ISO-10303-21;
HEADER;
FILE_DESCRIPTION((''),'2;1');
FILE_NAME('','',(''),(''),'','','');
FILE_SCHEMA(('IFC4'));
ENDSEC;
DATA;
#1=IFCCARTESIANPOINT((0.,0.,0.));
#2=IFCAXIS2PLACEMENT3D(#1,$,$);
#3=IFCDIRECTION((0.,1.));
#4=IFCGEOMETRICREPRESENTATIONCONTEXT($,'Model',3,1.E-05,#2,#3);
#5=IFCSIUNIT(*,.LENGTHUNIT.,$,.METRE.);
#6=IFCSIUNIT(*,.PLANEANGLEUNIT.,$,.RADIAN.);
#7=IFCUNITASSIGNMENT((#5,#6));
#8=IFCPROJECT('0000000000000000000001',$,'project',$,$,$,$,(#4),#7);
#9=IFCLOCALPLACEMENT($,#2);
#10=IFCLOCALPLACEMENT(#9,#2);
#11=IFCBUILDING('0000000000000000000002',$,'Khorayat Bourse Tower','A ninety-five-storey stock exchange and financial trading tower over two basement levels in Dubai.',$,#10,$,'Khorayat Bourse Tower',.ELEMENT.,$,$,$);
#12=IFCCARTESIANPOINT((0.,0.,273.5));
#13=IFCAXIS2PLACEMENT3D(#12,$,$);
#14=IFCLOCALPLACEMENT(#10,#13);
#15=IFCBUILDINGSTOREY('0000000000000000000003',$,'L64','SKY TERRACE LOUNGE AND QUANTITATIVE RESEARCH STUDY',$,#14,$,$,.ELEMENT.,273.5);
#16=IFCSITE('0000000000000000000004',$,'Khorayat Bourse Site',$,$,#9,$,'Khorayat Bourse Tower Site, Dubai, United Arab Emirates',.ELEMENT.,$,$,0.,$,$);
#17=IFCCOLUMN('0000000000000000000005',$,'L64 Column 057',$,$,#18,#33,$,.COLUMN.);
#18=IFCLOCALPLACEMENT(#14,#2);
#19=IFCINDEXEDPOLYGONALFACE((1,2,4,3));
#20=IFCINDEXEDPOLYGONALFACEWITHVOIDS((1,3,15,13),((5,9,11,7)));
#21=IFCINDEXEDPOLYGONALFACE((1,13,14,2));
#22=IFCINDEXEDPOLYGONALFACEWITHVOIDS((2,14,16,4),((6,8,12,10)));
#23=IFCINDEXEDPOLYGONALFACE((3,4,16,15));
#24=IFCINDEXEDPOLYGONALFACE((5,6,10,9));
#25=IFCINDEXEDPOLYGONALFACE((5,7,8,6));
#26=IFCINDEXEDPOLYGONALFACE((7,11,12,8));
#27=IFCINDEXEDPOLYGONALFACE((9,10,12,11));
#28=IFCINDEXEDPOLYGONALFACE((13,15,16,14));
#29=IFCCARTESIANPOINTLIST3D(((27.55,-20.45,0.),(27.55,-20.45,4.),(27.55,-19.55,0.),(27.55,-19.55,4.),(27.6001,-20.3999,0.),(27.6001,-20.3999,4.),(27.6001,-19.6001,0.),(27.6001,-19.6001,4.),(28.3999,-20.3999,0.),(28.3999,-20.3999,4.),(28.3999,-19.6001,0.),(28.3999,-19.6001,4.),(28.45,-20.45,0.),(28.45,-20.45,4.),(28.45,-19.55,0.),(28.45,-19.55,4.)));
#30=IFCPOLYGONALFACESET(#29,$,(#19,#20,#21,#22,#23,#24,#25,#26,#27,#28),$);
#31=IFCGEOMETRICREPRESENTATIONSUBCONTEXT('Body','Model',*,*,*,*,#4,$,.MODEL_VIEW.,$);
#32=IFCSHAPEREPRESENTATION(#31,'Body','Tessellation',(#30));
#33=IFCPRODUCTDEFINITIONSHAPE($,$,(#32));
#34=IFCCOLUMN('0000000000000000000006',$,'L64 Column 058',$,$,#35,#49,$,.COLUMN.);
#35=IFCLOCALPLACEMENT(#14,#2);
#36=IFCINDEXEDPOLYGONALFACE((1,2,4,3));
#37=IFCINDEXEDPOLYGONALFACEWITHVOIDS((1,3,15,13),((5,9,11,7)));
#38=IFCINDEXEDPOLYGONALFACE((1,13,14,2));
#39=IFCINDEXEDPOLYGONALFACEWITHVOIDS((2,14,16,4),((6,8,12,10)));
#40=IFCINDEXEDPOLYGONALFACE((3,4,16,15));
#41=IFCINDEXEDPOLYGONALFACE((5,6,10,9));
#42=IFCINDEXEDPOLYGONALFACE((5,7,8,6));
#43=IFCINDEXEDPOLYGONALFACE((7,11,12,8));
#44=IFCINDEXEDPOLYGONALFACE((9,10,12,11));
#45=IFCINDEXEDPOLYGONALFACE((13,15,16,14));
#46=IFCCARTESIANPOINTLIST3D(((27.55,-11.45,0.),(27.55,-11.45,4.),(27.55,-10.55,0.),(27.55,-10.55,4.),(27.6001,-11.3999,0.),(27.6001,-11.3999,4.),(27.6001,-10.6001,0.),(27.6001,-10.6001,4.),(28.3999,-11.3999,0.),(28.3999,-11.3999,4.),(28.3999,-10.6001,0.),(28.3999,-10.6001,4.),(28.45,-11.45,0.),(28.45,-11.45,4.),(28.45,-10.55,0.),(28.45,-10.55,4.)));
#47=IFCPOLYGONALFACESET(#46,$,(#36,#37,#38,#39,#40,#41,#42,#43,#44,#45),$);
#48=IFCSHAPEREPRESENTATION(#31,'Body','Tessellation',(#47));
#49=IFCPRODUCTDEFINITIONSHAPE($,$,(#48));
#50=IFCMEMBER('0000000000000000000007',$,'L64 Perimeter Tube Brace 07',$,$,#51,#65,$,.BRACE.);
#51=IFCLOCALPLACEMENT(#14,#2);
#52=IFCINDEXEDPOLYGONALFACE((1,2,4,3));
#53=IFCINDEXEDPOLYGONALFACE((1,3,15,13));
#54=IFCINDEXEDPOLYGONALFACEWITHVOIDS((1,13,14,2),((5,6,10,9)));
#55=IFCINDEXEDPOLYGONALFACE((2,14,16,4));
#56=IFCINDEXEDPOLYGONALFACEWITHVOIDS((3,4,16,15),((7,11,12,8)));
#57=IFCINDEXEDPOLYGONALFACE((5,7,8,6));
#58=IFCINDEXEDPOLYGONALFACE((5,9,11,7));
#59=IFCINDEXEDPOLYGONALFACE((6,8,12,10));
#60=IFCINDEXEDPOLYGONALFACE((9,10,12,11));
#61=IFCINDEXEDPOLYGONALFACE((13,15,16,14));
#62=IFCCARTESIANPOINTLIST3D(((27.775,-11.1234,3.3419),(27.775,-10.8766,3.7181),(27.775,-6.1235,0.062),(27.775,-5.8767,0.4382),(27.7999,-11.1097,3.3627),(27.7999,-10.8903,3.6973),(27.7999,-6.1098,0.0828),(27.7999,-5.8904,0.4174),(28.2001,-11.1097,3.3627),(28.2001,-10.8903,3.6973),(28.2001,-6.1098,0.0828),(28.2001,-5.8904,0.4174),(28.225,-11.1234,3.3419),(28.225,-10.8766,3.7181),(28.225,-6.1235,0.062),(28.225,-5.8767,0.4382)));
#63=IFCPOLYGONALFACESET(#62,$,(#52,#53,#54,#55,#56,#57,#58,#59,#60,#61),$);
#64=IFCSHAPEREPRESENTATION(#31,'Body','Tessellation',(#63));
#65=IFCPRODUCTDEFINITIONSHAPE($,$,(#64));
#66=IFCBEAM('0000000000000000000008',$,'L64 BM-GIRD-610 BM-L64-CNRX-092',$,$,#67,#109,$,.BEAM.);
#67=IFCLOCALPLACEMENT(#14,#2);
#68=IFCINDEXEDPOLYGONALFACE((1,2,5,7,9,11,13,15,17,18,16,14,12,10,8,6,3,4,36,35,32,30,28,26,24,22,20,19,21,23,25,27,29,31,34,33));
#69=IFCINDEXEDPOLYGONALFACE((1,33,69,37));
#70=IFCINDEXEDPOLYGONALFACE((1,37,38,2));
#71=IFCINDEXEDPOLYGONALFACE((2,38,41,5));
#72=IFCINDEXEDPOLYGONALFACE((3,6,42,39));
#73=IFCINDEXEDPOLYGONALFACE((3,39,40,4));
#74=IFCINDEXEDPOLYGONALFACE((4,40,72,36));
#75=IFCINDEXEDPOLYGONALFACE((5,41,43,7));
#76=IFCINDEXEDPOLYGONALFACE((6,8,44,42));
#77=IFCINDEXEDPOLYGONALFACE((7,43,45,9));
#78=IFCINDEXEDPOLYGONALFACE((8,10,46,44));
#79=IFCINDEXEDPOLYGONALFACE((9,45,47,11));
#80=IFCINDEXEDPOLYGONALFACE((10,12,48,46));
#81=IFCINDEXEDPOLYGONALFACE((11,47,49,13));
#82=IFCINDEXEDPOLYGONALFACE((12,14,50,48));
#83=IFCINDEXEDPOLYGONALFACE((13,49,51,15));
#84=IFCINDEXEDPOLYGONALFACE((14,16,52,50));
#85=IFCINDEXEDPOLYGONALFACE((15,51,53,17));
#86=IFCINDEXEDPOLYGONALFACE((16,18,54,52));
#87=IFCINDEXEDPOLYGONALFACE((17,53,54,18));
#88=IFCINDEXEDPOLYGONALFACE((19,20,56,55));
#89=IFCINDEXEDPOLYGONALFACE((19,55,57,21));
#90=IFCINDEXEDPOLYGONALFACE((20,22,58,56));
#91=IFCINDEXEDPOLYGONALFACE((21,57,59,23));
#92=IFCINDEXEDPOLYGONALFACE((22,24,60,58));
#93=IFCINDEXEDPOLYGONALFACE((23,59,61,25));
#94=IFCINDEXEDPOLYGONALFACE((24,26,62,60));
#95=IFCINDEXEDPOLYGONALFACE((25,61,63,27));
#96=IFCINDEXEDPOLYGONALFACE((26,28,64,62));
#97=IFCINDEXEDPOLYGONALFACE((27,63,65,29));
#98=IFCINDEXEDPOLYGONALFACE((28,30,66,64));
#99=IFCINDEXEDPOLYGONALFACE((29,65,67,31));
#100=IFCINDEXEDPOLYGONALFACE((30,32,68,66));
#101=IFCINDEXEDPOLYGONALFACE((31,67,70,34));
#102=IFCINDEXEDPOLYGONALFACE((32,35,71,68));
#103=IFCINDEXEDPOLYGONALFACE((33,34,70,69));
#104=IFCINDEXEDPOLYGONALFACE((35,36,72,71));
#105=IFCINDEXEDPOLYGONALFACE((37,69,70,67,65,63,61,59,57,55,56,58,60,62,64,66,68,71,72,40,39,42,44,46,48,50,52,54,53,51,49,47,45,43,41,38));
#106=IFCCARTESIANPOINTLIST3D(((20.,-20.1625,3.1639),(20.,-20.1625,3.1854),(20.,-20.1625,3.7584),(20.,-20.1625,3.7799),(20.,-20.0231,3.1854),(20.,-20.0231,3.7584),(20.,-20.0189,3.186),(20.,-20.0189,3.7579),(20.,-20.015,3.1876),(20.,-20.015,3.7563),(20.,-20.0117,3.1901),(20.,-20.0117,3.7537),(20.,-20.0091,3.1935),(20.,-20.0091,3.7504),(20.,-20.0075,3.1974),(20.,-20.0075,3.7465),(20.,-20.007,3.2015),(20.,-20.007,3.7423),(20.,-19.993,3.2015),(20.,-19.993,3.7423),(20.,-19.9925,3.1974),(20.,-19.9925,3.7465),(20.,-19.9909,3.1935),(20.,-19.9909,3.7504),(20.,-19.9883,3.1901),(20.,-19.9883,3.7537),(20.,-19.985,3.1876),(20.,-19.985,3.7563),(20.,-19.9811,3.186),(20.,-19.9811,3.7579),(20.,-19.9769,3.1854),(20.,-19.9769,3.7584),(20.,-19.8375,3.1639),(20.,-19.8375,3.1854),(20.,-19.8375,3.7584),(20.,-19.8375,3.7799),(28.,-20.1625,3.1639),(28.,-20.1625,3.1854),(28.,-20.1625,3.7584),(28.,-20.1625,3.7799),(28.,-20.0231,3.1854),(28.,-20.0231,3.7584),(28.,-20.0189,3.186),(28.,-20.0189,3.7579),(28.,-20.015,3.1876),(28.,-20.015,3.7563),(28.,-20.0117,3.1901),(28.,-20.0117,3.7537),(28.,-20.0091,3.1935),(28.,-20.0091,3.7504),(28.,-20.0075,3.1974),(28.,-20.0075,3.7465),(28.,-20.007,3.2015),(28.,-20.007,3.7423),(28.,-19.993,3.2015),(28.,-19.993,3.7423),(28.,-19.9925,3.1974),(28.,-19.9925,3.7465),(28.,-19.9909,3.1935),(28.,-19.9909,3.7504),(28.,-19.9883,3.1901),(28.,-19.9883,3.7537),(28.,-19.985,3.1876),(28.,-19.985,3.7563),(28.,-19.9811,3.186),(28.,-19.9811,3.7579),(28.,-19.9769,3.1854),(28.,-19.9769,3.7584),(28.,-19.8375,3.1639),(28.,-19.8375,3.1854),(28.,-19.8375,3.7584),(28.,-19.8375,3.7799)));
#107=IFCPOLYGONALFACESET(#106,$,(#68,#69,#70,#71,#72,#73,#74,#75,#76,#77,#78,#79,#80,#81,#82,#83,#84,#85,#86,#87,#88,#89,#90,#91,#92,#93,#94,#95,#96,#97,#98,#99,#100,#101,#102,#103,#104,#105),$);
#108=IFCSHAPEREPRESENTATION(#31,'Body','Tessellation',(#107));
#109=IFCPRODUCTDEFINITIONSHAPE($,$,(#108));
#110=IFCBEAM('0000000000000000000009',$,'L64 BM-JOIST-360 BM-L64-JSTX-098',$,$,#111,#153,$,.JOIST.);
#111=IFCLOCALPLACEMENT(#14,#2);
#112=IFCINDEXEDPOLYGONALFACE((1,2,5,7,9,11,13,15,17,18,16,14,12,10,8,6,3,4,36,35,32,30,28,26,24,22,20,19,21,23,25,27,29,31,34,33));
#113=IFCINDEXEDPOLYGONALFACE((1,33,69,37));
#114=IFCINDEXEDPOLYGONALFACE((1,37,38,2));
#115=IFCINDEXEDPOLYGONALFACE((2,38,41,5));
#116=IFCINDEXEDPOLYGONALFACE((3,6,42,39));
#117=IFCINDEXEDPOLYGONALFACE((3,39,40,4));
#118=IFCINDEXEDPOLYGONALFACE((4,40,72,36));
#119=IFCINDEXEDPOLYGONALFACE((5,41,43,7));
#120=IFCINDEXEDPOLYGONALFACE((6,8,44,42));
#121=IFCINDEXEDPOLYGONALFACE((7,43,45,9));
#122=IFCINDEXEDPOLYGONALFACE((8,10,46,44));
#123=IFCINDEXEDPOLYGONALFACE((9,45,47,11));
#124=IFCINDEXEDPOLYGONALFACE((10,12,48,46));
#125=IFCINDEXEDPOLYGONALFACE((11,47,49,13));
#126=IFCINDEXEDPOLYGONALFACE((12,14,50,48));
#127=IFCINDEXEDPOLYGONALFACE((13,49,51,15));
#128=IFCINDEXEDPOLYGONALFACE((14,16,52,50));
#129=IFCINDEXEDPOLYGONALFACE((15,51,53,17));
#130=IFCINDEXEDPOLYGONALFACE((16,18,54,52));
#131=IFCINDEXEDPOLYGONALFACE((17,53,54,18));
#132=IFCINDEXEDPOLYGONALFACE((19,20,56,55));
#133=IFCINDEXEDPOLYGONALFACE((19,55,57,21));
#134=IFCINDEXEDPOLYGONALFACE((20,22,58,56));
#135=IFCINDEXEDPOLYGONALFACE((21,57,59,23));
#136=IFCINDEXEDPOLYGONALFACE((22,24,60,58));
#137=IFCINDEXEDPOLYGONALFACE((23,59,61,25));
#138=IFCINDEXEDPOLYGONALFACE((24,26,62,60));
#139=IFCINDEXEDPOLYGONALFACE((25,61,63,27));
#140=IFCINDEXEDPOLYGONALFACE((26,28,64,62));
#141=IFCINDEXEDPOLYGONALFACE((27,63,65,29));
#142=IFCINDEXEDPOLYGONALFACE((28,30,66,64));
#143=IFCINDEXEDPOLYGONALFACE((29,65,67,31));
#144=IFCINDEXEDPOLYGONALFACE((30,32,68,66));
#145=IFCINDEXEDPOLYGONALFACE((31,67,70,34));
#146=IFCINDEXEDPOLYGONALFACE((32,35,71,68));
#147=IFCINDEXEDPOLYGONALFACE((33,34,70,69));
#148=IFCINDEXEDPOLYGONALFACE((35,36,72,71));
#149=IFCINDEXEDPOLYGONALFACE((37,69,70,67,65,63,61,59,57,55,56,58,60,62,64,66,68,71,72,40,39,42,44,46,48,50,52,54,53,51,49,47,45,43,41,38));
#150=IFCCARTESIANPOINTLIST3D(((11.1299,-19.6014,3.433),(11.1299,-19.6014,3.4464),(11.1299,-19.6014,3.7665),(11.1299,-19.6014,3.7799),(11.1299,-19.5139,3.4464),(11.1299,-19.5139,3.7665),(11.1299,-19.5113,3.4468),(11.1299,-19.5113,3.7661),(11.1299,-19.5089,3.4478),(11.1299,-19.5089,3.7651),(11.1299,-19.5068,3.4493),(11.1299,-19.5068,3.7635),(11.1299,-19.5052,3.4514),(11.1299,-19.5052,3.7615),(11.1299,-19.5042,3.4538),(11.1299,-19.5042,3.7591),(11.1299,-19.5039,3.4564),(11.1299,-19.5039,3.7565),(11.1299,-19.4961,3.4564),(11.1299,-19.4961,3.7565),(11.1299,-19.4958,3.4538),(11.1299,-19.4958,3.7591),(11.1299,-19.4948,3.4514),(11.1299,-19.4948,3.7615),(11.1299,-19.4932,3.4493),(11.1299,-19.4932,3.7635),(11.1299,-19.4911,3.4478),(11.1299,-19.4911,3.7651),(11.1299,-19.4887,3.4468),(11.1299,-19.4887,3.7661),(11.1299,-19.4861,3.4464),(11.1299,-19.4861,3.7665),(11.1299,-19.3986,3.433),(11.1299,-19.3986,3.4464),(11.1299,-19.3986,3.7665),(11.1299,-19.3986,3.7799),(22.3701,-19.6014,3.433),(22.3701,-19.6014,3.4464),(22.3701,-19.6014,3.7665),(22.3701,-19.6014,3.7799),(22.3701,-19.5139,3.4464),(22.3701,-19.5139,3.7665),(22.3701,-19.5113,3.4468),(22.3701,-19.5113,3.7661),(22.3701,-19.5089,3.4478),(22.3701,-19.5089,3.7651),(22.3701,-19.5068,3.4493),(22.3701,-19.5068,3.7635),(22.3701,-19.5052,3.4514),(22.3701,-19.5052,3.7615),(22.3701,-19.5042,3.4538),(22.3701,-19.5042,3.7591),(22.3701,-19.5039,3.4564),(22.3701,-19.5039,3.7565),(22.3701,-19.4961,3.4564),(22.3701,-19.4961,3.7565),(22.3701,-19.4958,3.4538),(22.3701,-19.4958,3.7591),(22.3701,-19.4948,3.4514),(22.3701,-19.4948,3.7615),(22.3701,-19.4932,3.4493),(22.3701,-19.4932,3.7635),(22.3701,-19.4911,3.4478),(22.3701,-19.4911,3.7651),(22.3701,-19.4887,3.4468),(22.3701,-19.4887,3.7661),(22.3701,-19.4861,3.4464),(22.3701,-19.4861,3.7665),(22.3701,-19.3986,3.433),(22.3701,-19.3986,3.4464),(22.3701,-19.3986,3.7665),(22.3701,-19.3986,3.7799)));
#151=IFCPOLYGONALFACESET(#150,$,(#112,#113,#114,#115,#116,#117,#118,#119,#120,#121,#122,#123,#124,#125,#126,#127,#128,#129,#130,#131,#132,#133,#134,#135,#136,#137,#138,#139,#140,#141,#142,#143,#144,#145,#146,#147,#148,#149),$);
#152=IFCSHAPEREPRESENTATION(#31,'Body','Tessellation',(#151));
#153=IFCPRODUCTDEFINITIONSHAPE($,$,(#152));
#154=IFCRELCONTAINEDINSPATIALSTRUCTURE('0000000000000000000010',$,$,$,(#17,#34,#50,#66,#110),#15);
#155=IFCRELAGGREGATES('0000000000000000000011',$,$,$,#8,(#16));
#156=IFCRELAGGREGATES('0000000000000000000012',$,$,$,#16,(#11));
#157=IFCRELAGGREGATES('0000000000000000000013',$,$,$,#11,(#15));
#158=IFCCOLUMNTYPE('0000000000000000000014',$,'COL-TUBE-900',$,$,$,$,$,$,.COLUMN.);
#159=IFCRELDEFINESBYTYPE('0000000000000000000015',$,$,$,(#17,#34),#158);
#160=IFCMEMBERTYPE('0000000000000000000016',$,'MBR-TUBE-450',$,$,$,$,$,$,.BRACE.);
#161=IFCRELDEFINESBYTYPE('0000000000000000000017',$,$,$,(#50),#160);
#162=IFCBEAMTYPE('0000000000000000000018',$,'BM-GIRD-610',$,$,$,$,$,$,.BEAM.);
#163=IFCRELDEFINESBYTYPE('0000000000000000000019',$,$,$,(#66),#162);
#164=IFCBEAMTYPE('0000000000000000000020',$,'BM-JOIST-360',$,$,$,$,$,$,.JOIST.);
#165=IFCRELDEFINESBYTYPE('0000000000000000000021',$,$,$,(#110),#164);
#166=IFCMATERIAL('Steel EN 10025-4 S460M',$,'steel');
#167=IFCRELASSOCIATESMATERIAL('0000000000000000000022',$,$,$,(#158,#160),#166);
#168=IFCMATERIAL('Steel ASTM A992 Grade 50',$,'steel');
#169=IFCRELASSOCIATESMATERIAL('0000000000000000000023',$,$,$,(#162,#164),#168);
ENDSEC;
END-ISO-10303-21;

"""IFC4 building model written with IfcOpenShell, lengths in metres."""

from ifc_helpers import new_model, si_unit, direction, frame, origin, origin_2d, place, context, subcontext, project, spatial, hollow_rectangle, i_section, extrude, source, transform, mapped, material, material_profile, profile_set, type_object, element, save


model = new_model("IFC4")

# Units and contexts
model_context = context("Model", 3, precision=1e-05, world=origin(), true_north=direction((0.0, 1.0)))
body_context = subcontext(model_context, "Body", "Model", "MODEL_VIEW")
ifc_project = project(units=[si_unit("LENGTHUNIT", "METRE"), si_unit("PLANEANGLEUNIT", "RADIAN")], contexts=[model_context])

# Site, building, storey
site_placement = place(None, origin())
site = spatial("IfcSite", under=ifc_project, at=site_placement, Name="Khorayat Bourse Site", LongName="Khorayat Bourse Tower Site, Dubai, United Arab Emirates", CompositionType="ELEMENT", RefElevation=0.0)
building_placement = place(site_placement, origin())
building = spatial("IfcBuilding", under=site, at=building_placement, Name="Khorayat Bourse Tower", Description="A ninety-five-storey stock exchange and financial trading tower over two basement levels in Dubai.", LongName="Khorayat Bourse Tower", CompositionType="ELEMENT")
storey_placement = place(building_placement, frame((0.0, 0.0, 273.5)))
storey = spatial("IfcBuildingStorey", under=building, at=storey_placement, Name="L64", Description="SKY TERRACE LOUNGE AND QUANTITATIVE RESEARCH STUDY", CompositionType="ELEMENT", Elevation=273.5)

# Columns
ifc_material_1 = material(Name="Steel EN 10025-4 S460M", Category="steel")
ifc_material_profile_1 = material_profile(ifc_material_1, hollow_rectangle(XDim=0.8999, YDim=0.8999, WallThickness=0.05, at=origin_2d()), Name="BOX 900x900x50")
ifc_profile_set_1 = profile_set([ifc_material_profile_1], Name="Steel EN 10025-4 S460M")
column_type = type_object("IfcColumnType", Name="COL-TUBE-900", PredefinedType="COLUMN", material=ifc_profile_set_1)
shared_shape_1 = source(origin(), body_context, "Body", "SweptSolid", [
    extrude(hollow_rectangle(XDim=0.8999, YDim=0.8999, WallThickness=0.05, at=origin_2d()), origin(), (0.0, 0.0, 1.0), 4.0),
])
for number, where, z_axis, x_axis, name in (
    (1, (28.0, -20.0, 0.0), (0.0, 0.0, 1.0), (1.0, 0.0, 0.0), "L64 Column 057"),
    (2, (28.0, -11.0, 0.0), (0.0, 0.0, 1.0), (1.0, 0.0, 0.0), "L64 Column 058"),
):
    element("IfcColumn", number, at=place(storey_placement, frame(where, z_axis=z_axis, x_axis=x_axis)), inside=storey, type_object=column_type, Name=name, PredefinedType="COLUMN", context=body_context, shape_type="MappedRepresentation", body=[
        mapped(shared_shape_1, transform((0.0, 0.0, 0.0), scale=1.0)),
    ])

# Member
ifc_material_profile_2 = material_profile(ifc_material_1, hollow_rectangle(XDim=0.45, YDim=0.45, WallThickness=0.0249, at=origin_2d()), Name="HSS 450x450x25")
ifc_profile_set_2 = profile_set([ifc_material_profile_2], Name="Steel EN 10025-4 S460M")
member_type_1 = type_object("IfcMemberType", Name="MBR-TUBE-450", PredefinedType="BRACE", material=ifc_profile_set_2)
shared_shape_2 = source(origin(), body_context, "Body", "SweptSolid", [
    extrude(hollow_rectangle(XDim=0.45, YDim=0.45, WallThickness=0.0249, at=origin_2d()), origin(), (0.0, 0.0, 1.0), 5.9797),
])
member_1_placement = place(storey_placement, frame((28.0, -11.0, 3.53), z_axis=(0.0, 0.836142, -0.548514), x_axis=(-1.0, 0.0, 0.0)))
element("IfcMember", 3, at=member_1_placement, inside=storey, type_object=member_type_1, Name="L64 Perimeter Tube Brace 07", PredefinedType="BRACE", context=body_context, shape_type="MappedRepresentation", body=[
    mapped(shared_shape_2, transform((0.0, 0.0, 0.0), scale=1.0)),
])

# Beams
ifc_material_2 = material(Name="Steel ASTM A992 Grade 50", Category="steel")
ifc_material_profile_3 = material_profile(ifc_material_2, i_section(OverallWidth=0.325, OverallDepth=0.616, WebThickness=0.0139, FlangeThickness=0.0215, FilletRadius=0.0161, at=origin_2d()), Name="W610X174")
ifc_profile_set_3 = profile_set([ifc_material_profile_3], Name="Steel ASTM A992 Grade 50")
beam_type_1 = type_object("IfcBeamType", Name="BM-GIRD-610", PredefinedType="BEAM", material=ifc_profile_set_3)
shared_shape_3 = source(origin(), body_context, "Body", "SweptSolid", [
    extrude(i_section(OverallWidth=0.325, OverallDepth=0.616, WebThickness=0.0139, FlangeThickness=0.0215, FilletRadius=0.0161, at=origin_2d()), origin(), (0.0, 0.0, 1.0), 8.0),
])
beam_1_placement = place(storey_placement, frame((20.0, -20.0, 3.4719), z_axis=(1.0, 0.0, 0.0), x_axis=(0.0, 1.0, 0.0)))
element("IfcBeam", 4, at=beam_1_placement, inside=storey, type_object=beam_type_1, Name="L64 BM-GIRD-610 BM-L64-CNRX-092", PredefinedType="BEAM", context=body_context, shape_type="MappedRepresentation", body=[
    mapped(shared_shape_3, transform((0.0, 0.0, 0.0), scale=1.0)),
])
ifc_material_profile_4 = material_profile(ifc_material_2, i_section(OverallWidth=0.2029, OverallDepth=0.3469, WebThickness=0.0078, FlangeThickness=0.0134, FilletRadius=0.01, at=origin_2d()), Name="W360X64")
ifc_profile_set_4 = profile_set([ifc_material_profile_4], Name="Steel ASTM A992 Grade 50")
beam_type_2 = type_object("IfcBeamType", Name="BM-JOIST-360", PredefinedType="JOIST", material=ifc_profile_set_4)
shared_shape_4 = source(origin(), body_context, "Body", "SweptSolid", [
    extrude(i_section(OverallWidth=0.2029, OverallDepth=0.3469, WebThickness=0.0078, FlangeThickness=0.0134, FilletRadius=0.01, at=origin_2d()), origin(), (0.0, 0.0, 1.0), 11.2402),
])
beam_2_placement = place(storey_placement, frame((11.1299, -19.5, 3.6064), z_axis=(1.0, 0.0, 0.0), x_axis=(0.0, 1.0, 0.0)))
element("IfcBeam", 5, at=beam_2_placement, inside=storey, type_object=beam_type_2, Name="L64 BM-JOIST-360 BM-L64-JSTX-098", PredefinedType="JOIST", context=body_context, shape_type="MappedRepresentation", body=[
    mapped(shared_shape_4, transform((0.0, 0.0, 0.0), scale=1.0)),
])

save(model, "model.ifc")
